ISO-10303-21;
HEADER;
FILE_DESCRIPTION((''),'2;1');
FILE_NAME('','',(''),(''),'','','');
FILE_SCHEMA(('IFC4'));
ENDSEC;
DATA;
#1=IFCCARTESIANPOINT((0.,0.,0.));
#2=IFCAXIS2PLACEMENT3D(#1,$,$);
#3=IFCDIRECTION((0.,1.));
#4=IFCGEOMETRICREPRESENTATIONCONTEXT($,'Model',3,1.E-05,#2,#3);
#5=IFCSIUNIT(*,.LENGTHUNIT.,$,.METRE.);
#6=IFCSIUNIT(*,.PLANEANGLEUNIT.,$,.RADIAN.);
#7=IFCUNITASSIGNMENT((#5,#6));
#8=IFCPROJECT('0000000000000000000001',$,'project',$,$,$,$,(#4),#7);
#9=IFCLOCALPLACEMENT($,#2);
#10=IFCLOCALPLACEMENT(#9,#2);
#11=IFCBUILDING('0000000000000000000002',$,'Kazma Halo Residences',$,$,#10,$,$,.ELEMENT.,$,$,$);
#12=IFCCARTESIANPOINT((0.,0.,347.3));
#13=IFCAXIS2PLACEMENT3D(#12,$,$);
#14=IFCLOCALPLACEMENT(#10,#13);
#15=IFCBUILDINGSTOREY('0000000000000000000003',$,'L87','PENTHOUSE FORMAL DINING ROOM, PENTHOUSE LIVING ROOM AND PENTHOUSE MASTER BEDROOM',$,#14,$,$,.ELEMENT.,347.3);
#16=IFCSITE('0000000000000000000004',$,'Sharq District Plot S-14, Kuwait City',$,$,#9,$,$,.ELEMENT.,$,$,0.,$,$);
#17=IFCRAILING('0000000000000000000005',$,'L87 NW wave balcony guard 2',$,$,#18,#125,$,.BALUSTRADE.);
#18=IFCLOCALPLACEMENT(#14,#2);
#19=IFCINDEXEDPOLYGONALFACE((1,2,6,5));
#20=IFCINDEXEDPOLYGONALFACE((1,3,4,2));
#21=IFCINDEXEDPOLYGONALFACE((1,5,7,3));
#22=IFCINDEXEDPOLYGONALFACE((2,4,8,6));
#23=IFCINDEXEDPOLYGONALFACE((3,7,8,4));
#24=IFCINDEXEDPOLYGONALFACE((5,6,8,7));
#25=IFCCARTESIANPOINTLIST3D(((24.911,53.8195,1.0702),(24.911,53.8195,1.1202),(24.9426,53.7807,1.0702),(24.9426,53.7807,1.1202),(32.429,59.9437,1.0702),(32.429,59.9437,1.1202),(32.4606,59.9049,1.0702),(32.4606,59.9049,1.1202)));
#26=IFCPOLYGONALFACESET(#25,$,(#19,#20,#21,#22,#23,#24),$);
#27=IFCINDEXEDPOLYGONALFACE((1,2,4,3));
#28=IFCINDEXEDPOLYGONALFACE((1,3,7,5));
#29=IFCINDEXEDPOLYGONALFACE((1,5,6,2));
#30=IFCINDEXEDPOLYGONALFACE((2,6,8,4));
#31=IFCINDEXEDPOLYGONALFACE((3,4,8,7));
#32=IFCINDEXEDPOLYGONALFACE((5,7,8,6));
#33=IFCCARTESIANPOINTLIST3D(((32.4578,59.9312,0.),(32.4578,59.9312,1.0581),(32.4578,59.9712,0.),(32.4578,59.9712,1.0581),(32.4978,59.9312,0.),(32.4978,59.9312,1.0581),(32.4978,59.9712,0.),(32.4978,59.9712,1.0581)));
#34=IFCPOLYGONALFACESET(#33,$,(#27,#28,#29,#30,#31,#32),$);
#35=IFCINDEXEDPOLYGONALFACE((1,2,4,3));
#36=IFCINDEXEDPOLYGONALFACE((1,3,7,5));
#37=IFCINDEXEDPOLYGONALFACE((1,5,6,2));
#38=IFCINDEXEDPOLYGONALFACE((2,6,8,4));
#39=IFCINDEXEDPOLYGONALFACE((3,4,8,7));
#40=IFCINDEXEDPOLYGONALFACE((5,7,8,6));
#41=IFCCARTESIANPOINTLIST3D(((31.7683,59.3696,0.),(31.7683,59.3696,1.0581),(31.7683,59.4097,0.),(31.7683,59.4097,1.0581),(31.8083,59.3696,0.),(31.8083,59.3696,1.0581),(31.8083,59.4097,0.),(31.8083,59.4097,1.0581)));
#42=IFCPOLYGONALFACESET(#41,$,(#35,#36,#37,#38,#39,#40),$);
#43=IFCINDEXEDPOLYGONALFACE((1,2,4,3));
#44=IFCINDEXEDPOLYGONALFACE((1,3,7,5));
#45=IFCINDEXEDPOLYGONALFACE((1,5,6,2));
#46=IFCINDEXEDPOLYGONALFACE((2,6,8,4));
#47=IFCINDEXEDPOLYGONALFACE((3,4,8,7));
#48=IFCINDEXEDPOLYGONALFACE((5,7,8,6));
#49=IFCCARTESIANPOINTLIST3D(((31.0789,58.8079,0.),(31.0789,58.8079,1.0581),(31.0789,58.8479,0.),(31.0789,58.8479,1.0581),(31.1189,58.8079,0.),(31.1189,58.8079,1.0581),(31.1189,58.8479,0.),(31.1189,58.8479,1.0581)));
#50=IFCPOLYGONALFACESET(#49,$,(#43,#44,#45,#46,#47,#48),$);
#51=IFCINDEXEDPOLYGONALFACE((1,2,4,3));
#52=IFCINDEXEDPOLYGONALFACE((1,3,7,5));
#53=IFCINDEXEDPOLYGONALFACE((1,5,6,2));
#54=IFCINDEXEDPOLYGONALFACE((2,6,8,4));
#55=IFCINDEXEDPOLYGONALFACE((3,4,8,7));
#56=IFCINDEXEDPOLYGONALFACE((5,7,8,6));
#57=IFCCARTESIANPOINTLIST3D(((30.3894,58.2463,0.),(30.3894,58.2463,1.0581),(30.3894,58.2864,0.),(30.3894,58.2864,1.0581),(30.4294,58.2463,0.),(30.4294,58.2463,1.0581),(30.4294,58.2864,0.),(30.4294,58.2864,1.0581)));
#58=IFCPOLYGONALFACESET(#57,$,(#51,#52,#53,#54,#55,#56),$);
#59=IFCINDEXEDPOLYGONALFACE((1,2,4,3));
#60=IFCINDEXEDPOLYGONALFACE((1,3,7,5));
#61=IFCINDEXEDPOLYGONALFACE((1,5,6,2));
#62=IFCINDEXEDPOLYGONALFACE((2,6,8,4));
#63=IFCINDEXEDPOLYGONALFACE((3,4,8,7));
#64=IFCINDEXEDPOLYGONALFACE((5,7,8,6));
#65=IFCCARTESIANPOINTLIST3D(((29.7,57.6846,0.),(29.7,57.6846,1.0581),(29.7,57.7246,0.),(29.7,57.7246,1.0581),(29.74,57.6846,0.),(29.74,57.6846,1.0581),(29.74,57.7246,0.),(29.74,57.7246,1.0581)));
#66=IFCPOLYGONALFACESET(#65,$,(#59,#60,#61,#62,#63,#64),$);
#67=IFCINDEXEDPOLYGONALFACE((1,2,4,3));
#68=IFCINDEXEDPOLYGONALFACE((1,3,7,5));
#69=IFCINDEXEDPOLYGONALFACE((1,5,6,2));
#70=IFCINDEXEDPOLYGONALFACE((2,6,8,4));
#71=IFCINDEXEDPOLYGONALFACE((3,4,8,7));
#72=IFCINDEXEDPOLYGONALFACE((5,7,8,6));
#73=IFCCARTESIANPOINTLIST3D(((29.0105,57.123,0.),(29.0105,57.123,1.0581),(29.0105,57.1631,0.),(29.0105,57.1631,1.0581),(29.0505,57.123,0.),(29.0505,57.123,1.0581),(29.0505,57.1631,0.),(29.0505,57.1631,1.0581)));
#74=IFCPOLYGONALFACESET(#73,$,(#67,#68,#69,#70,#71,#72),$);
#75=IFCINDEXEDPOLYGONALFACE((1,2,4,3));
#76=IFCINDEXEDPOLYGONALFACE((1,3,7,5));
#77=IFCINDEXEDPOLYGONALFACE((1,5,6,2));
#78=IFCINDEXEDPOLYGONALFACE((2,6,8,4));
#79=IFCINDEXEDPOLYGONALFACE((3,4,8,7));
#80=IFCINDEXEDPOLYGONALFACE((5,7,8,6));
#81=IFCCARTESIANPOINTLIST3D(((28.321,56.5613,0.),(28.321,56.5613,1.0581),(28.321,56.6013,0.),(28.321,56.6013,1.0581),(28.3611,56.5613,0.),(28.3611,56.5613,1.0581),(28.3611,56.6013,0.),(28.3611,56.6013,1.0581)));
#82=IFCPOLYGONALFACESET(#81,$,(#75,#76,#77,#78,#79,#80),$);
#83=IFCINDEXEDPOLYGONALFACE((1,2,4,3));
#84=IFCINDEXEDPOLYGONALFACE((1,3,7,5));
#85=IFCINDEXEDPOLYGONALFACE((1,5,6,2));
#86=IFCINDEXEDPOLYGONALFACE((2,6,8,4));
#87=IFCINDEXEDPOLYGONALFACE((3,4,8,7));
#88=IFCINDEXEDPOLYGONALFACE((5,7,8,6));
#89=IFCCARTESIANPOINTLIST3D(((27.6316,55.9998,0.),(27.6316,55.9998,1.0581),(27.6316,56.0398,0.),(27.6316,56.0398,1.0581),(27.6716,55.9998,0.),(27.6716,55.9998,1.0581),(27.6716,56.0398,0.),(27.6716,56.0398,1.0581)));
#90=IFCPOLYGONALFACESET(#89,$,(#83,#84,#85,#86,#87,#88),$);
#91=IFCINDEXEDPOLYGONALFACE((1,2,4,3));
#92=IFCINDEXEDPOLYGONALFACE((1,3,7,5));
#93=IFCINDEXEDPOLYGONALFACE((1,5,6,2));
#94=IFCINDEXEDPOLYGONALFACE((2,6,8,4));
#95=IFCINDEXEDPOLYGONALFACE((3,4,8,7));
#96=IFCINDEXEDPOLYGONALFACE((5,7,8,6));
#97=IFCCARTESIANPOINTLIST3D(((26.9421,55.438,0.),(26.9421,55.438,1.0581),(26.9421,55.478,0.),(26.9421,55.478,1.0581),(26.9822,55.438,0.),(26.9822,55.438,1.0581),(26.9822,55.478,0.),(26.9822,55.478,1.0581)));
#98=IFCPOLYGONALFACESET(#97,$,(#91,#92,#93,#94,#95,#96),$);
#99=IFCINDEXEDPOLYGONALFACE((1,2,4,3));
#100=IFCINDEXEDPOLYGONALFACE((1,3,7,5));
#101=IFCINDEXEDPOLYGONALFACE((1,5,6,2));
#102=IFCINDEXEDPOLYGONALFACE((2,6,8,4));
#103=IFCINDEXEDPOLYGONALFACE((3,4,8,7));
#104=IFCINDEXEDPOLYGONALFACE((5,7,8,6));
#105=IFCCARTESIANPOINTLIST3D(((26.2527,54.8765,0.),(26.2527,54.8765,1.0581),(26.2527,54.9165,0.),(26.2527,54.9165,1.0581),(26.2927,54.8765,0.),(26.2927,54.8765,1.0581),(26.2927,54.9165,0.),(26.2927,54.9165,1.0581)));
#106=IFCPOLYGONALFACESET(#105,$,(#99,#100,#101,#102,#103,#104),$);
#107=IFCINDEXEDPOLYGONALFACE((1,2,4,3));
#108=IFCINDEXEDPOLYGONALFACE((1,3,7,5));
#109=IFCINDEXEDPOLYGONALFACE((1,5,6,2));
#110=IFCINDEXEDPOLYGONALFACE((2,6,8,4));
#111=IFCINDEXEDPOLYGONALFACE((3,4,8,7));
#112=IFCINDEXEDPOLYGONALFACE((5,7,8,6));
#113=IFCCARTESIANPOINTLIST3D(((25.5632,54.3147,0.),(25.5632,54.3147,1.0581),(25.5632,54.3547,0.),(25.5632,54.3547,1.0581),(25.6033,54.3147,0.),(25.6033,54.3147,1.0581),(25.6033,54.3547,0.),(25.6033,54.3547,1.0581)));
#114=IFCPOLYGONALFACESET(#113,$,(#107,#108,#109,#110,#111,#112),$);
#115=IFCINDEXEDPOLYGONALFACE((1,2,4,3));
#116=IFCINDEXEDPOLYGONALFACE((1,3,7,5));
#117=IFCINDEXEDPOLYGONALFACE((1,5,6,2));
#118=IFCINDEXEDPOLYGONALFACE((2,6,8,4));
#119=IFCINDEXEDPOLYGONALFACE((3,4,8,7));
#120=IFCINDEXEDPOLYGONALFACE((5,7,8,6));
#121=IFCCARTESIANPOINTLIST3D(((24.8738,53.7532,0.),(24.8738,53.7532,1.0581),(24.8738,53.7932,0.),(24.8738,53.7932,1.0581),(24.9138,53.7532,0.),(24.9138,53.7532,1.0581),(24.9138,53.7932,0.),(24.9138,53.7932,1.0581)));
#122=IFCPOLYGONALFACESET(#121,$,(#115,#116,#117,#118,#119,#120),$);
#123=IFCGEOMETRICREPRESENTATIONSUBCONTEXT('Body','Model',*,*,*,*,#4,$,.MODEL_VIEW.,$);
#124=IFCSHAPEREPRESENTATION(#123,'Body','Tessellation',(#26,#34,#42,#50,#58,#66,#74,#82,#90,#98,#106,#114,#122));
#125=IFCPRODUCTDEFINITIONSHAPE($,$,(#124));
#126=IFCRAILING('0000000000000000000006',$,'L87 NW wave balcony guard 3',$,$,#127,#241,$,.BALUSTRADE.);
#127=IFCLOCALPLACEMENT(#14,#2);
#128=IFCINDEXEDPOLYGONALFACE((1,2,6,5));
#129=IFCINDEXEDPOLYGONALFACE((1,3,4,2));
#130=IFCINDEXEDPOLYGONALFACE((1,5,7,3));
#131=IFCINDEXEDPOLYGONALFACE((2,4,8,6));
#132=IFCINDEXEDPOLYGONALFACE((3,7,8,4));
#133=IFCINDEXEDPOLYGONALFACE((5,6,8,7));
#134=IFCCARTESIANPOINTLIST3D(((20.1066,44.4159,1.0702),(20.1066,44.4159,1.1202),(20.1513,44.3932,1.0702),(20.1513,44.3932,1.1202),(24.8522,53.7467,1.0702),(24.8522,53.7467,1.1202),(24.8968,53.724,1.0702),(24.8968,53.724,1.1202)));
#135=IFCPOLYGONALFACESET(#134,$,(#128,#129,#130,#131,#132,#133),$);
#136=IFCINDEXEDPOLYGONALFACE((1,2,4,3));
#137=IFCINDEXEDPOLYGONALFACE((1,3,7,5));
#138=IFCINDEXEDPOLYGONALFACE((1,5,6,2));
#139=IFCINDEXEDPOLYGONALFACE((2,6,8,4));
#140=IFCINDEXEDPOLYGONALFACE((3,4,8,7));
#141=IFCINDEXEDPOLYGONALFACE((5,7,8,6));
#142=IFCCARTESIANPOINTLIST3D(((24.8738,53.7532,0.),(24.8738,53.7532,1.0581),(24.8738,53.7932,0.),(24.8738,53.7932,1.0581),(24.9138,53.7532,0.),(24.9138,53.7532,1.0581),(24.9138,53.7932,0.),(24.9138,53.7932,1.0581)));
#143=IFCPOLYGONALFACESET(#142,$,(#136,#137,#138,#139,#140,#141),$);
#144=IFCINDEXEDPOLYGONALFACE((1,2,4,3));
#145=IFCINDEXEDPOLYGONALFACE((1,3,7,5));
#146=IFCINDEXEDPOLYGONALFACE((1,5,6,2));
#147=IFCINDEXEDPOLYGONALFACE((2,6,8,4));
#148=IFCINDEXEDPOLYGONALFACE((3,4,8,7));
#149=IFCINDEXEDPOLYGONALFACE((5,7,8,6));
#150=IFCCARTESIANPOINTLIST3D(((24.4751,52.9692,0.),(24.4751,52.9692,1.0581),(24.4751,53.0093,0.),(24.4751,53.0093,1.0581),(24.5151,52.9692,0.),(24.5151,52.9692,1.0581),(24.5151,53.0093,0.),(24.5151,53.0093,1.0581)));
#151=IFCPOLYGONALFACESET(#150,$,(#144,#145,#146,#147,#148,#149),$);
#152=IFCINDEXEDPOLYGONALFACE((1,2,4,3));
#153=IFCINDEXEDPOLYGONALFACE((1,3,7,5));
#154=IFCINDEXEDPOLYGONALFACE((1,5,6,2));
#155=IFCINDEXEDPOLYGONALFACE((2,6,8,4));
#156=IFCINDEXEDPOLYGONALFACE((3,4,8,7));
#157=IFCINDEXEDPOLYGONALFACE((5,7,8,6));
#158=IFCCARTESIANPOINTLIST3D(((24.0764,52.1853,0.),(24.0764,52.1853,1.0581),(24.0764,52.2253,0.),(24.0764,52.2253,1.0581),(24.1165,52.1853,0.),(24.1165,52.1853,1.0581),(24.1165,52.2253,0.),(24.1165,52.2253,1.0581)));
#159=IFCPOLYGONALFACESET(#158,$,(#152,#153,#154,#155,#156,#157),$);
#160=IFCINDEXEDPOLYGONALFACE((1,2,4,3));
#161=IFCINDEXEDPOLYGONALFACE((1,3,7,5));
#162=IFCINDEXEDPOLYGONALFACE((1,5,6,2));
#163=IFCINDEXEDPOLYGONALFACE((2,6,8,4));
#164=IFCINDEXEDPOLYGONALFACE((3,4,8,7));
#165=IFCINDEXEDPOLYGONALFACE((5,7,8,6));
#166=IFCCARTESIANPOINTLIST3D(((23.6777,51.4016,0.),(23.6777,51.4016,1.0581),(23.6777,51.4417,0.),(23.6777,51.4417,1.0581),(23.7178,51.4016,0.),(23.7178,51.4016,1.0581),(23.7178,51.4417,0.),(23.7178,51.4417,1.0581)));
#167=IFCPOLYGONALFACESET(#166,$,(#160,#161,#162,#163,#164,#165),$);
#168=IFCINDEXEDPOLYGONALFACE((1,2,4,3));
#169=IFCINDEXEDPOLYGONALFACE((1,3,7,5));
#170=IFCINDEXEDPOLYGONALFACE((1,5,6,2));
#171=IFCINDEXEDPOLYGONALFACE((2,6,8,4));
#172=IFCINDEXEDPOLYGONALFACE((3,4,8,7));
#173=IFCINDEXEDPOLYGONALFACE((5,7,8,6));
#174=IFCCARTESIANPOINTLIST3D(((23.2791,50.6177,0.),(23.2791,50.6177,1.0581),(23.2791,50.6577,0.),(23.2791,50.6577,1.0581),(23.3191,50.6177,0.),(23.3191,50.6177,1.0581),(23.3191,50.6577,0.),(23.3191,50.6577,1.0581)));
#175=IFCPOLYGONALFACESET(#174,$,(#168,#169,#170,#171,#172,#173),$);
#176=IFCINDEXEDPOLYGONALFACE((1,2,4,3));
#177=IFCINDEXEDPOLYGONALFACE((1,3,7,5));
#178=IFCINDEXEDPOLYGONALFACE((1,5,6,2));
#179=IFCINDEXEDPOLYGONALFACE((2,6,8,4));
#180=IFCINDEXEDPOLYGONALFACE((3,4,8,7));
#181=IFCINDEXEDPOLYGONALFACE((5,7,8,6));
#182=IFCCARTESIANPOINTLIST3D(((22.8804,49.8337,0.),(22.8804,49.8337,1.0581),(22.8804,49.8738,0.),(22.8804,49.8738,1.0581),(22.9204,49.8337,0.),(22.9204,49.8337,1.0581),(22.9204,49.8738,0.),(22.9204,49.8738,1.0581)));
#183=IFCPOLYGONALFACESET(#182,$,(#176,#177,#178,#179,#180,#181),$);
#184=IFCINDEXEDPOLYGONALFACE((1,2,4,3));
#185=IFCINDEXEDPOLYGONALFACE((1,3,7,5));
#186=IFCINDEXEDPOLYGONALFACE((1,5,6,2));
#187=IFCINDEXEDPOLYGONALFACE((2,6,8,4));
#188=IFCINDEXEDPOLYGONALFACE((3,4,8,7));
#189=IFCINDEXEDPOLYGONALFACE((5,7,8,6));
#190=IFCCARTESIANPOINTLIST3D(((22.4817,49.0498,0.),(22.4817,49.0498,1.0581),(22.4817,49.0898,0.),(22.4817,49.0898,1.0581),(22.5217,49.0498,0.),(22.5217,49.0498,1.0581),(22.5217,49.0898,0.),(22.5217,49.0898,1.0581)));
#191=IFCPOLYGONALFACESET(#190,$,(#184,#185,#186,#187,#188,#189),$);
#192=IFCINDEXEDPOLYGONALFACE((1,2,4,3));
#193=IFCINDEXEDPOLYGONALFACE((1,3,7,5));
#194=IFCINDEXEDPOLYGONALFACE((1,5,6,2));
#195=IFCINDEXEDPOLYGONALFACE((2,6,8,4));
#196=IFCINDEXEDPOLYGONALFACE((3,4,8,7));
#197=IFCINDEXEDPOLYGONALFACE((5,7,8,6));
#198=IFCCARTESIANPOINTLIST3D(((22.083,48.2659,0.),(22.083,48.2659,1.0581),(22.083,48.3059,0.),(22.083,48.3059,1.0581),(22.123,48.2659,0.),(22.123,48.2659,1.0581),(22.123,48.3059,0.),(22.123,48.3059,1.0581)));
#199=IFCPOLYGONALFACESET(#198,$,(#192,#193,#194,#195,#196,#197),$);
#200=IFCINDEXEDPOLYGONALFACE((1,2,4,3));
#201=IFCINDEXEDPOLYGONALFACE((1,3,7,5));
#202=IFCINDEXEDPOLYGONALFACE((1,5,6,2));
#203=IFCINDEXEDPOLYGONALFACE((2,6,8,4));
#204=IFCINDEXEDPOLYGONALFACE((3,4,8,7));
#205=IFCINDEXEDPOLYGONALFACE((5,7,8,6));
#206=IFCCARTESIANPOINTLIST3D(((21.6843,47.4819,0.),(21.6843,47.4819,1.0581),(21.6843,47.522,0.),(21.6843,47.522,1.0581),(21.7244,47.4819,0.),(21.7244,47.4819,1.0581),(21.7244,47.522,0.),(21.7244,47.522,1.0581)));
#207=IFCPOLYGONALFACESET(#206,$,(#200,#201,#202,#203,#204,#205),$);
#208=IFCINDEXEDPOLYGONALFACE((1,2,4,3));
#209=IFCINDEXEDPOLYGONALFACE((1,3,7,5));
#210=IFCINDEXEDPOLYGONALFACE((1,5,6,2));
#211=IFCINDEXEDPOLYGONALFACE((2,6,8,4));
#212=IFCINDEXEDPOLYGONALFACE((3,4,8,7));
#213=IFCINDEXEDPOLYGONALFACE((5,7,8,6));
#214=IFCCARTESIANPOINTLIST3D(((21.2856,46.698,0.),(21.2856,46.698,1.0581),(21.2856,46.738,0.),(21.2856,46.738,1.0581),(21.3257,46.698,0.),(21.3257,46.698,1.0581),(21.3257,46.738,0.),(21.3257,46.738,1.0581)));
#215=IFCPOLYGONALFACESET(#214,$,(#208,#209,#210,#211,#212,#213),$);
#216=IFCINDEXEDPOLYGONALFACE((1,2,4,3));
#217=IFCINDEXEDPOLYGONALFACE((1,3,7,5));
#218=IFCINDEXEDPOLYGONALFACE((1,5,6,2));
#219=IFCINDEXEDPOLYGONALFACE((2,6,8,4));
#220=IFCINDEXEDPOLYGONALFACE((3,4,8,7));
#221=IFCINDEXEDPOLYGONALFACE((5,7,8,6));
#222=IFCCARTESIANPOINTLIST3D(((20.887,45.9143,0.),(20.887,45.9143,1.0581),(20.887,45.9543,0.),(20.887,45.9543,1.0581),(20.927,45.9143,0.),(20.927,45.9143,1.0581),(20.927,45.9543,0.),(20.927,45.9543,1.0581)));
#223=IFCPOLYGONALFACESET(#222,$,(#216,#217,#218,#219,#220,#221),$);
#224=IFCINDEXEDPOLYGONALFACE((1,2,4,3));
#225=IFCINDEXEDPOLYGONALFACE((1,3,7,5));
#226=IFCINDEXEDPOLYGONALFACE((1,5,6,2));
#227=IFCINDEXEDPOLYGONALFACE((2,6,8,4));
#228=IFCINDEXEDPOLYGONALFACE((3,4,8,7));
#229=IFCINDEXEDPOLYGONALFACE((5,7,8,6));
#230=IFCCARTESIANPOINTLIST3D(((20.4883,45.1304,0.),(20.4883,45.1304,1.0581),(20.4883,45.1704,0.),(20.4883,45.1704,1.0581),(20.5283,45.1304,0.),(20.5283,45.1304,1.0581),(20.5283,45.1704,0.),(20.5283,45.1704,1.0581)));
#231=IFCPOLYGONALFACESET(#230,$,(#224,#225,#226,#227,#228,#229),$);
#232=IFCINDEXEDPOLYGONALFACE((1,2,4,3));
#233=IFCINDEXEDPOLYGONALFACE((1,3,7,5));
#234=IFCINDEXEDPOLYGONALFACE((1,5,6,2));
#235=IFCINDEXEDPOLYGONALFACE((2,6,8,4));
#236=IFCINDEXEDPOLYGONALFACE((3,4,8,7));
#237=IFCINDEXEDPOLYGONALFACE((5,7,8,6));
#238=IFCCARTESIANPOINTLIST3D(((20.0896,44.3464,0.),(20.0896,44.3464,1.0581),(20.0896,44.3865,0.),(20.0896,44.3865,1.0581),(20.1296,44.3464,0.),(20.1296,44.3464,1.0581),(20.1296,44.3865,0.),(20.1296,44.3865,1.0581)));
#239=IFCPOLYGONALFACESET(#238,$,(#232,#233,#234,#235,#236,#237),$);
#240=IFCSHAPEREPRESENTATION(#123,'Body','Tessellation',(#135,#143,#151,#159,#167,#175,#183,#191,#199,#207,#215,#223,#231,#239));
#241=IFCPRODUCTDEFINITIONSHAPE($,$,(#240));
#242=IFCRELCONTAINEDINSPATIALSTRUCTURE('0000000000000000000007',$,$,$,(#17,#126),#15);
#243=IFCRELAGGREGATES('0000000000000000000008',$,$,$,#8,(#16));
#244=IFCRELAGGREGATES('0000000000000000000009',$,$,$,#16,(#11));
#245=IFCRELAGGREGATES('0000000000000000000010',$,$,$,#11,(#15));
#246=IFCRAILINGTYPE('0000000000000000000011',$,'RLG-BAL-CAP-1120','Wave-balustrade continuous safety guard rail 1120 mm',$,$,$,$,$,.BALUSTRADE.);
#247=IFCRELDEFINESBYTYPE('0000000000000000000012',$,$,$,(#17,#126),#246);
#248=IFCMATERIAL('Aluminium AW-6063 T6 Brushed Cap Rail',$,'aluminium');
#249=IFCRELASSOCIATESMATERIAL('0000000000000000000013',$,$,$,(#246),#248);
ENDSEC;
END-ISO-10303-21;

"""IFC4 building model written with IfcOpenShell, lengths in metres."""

from ifc_helpers import new_model, si_unit, direction, frame, origin, origin_2d, place, context, subcontext, project, spatial, rectangle, extrude, material, type_object, element, save


model = new_model("IFC4")

# Units and contexts
model_context = context("Model", 3, precision=1e-05, world=origin(), true_north=direction((0.0, 1.0)))
body_context = subcontext(model_context, "Body", "Model", "MODEL_VIEW")
ifc_project = project(units=[si_unit("LENGTHUNIT", "METRE"), si_unit("PLANEANGLEUNIT", "RADIAN")], contexts=[model_context])

# Site, building, storey
site_placement = place(None, origin())
site = spatial("IfcSite", under=ifc_project, at=site_placement, Name="Sharq District Plot S-14, Kuwait City", CompositionType="ELEMENT", RefElevation=0.0)
building_placement = place(site_placement, origin())
building = spatial("IfcBuilding", under=site, at=building_placement, Name="Kazma Halo Residences", CompositionType="ELEMENT")
storey_placement = place(building_placement, frame((0.0, 0.0, 347.3)))
storey = spatial("IfcBuildingStorey", under=building, at=storey_placement, Name="L87", Description="PENTHOUSE FORMAL DINING ROOM, PENTHOUSE LIVING ROOM AND PENTHOUSE MASTER BEDROOM", CompositionType="ELEMENT", Elevation=347.3)

# Railings
ifc_material_1 = material(Name="Aluminium AW-6063 T6 Brushed Cap Rail", Category="aluminium")
railing_type = type_object("IfcRailingType", Name="RLG-BAL-CAP-1120", Description="Wave-balustrade continuous safety guard rail 1120 mm", PredefinedType="BALUSTRADE", material=ifc_material_1)
railing_1_placement = place(storey_placement, frame((32.4778, 59.9512, 0.0)))
element("IfcRailing", 1, at=railing_1_placement, inside=storey, type_object=railing_type, Name="L87 NW wave balcony guard 2", PredefinedType="BALUSTRADE", context=body_context, shape_type="SweptSolid", body=[
    extrude(rectangle(XDim=0.05, YDim=0.05, at=origin_2d()), frame((-0.033, -0.0269, 1.0952), z_axis=(-0.775313, -0.631577, 0.0), x_axis=(0.631577, -0.775313, 0.0)), (0.0, 0.0, 1.0), 9.6968),
    extrude(rectangle(XDim=0.04, YDim=0.04, at=origin_2d()), origin(), (0.0, 0.0, 1.0), 1.0581),
    extrude(rectangle(XDim=0.04, YDim=0.04, at=origin_2d()), frame((-0.6895, -0.5615, 0.0)), (0.0, 0.0, 1.0), 1.0581),
    extrude(rectangle(XDim=0.04, YDim=0.04, at=origin_2d()), frame((-1.3789, -1.1233, 0.0)), (0.0, 0.0, 1.0), 1.0581),
    extrude(rectangle(XDim=0.04, YDim=0.04, at=origin_2d()), frame((-2.0684, -1.6848, 0.0)), (0.0, 0.0, 1.0), 1.0581),
    extrude(rectangle(XDim=0.04, YDim=0.04, at=origin_2d()), frame((-2.7578, -2.2466, 0.0)), (0.0, 0.0, 1.0), 1.0581),
    extrude(rectangle(XDim=0.04, YDim=0.04, at=origin_2d()), frame((-3.4473, -2.8081, 0.0)), (0.0, 0.0, 1.0), 1.0581),
    extrude(rectangle(XDim=0.04, YDim=0.04, at=origin_2d()), frame((-4.1367, -3.3699, 0.0)), (0.0, 0.0, 1.0), 1.0581),
    extrude(rectangle(XDim=0.04, YDim=0.04, at=origin_2d()), frame((-4.8262, -3.9314, 0.0)), (0.0, 0.0, 1.0), 1.0581),
    extrude(rectangle(XDim=0.04, YDim=0.04, at=origin_2d()), frame((-5.5156, -4.4932, 0.0)), (0.0, 0.0, 1.0), 1.0581),
    extrude(rectangle(XDim=0.04, YDim=0.04, at=origin_2d()), frame((-6.2051, -5.0547, 0.0)), (0.0, 0.0, 1.0), 1.0581),
    extrude(rectangle(XDim=0.04, YDim=0.04, at=origin_2d()), frame((-6.8945, -5.6165, 0.0)), (0.0, 0.0, 1.0), 1.0581),
    extrude(rectangle(XDim=0.04, YDim=0.04, at=origin_2d()), frame((-7.584, -6.178, 0.0)), (0.0, 0.0, 1.0), 1.0581),
])
railing_2_placement = place(storey_placement, frame((24.8938, 53.7732, 0.0)))
element("IfcRailing", 2, at=railing_2_placement, inside=storey, type_object=railing_type, Name="L87 NW wave balcony guard 3", PredefinedType="BALUSTRADE", context=body_context, shape_type="SweptSolid", body=[
    extrude(rectangle(XDim=0.05, YDim=0.05, at=origin_2d()), frame((-0.0193, -0.0378, 1.0952), z_axis=(-0.453329, -0.891343, 0.0), x_axis=(0.891343, -0.453329, 0.0)), (0.0, 0.0, 1.0), 10.4683),
    extrude(rectangle(XDim=0.04, YDim=0.04, at=origin_2d()), origin(), (0.0, 0.0, 1.0), 1.0581),
    extrude(rectangle(XDim=0.04, YDim=0.04, at=origin_2d()), frame((-0.3987, -0.7839, 0.0)), (0.0, 0.0, 1.0), 1.0581),
    extrude(rectangle(XDim=0.04, YDim=0.04, at=origin_2d()), frame((-0.7974, -1.5679, 0.0)), (0.0, 0.0, 1.0), 1.0581),
    extrude(rectangle(XDim=0.04, YDim=0.04, at=origin_2d()), frame((-1.196, -2.3516, 0.0)), (0.0, 0.0, 1.0), 1.0581),
    extrude(rectangle(XDim=0.04, YDim=0.04, at=origin_2d()), frame((-1.5947, -3.1355, 0.0)), (0.0, 0.0, 1.0), 1.0581),
    extrude(rectangle(XDim=0.04, YDim=0.04, at=origin_2d()), frame((-1.9934, -3.9194, 0.0)), (0.0, 0.0, 1.0), 1.0581),
    extrude(rectangle(XDim=0.04, YDim=0.04, at=origin_2d()), frame((-2.3921, -4.7034, 0.0)), (0.0, 0.0, 1.0), 1.0581),
    extrude(rectangle(XDim=0.04, YDim=0.04, at=origin_2d()), frame((-2.7908, -5.4873, 0.0)), (0.0, 0.0, 1.0), 1.0581),
    extrude(rectangle(XDim=0.04, YDim=0.04, at=origin_2d()), frame((-3.1895, -6.2712, 0.0)), (0.0, 0.0, 1.0), 1.0581),
    extrude(rectangle(XDim=0.04, YDim=0.04, at=origin_2d()), frame((-3.5881, -7.0552, 0.0)), (0.0, 0.0, 1.0), 1.0581),
    extrude(rectangle(XDim=0.04, YDim=0.04, at=origin_2d()), frame((-3.9868, -7.8389, 0.0)), (0.0, 0.0, 1.0), 1.0581),
    extrude(rectangle(XDim=0.04, YDim=0.04, at=origin_2d()), frame((-4.3855, -8.6228, 0.0)), (0.0, 0.0, 1.0), 1.0581),
    extrude(rectangle(XDim=0.04, YDim=0.04, at=origin_2d()), frame((-4.7842, -9.4067, 0.0)), (0.0, 0.0, 1.0), 1.0581),
])

save(model, "model.ifc")
